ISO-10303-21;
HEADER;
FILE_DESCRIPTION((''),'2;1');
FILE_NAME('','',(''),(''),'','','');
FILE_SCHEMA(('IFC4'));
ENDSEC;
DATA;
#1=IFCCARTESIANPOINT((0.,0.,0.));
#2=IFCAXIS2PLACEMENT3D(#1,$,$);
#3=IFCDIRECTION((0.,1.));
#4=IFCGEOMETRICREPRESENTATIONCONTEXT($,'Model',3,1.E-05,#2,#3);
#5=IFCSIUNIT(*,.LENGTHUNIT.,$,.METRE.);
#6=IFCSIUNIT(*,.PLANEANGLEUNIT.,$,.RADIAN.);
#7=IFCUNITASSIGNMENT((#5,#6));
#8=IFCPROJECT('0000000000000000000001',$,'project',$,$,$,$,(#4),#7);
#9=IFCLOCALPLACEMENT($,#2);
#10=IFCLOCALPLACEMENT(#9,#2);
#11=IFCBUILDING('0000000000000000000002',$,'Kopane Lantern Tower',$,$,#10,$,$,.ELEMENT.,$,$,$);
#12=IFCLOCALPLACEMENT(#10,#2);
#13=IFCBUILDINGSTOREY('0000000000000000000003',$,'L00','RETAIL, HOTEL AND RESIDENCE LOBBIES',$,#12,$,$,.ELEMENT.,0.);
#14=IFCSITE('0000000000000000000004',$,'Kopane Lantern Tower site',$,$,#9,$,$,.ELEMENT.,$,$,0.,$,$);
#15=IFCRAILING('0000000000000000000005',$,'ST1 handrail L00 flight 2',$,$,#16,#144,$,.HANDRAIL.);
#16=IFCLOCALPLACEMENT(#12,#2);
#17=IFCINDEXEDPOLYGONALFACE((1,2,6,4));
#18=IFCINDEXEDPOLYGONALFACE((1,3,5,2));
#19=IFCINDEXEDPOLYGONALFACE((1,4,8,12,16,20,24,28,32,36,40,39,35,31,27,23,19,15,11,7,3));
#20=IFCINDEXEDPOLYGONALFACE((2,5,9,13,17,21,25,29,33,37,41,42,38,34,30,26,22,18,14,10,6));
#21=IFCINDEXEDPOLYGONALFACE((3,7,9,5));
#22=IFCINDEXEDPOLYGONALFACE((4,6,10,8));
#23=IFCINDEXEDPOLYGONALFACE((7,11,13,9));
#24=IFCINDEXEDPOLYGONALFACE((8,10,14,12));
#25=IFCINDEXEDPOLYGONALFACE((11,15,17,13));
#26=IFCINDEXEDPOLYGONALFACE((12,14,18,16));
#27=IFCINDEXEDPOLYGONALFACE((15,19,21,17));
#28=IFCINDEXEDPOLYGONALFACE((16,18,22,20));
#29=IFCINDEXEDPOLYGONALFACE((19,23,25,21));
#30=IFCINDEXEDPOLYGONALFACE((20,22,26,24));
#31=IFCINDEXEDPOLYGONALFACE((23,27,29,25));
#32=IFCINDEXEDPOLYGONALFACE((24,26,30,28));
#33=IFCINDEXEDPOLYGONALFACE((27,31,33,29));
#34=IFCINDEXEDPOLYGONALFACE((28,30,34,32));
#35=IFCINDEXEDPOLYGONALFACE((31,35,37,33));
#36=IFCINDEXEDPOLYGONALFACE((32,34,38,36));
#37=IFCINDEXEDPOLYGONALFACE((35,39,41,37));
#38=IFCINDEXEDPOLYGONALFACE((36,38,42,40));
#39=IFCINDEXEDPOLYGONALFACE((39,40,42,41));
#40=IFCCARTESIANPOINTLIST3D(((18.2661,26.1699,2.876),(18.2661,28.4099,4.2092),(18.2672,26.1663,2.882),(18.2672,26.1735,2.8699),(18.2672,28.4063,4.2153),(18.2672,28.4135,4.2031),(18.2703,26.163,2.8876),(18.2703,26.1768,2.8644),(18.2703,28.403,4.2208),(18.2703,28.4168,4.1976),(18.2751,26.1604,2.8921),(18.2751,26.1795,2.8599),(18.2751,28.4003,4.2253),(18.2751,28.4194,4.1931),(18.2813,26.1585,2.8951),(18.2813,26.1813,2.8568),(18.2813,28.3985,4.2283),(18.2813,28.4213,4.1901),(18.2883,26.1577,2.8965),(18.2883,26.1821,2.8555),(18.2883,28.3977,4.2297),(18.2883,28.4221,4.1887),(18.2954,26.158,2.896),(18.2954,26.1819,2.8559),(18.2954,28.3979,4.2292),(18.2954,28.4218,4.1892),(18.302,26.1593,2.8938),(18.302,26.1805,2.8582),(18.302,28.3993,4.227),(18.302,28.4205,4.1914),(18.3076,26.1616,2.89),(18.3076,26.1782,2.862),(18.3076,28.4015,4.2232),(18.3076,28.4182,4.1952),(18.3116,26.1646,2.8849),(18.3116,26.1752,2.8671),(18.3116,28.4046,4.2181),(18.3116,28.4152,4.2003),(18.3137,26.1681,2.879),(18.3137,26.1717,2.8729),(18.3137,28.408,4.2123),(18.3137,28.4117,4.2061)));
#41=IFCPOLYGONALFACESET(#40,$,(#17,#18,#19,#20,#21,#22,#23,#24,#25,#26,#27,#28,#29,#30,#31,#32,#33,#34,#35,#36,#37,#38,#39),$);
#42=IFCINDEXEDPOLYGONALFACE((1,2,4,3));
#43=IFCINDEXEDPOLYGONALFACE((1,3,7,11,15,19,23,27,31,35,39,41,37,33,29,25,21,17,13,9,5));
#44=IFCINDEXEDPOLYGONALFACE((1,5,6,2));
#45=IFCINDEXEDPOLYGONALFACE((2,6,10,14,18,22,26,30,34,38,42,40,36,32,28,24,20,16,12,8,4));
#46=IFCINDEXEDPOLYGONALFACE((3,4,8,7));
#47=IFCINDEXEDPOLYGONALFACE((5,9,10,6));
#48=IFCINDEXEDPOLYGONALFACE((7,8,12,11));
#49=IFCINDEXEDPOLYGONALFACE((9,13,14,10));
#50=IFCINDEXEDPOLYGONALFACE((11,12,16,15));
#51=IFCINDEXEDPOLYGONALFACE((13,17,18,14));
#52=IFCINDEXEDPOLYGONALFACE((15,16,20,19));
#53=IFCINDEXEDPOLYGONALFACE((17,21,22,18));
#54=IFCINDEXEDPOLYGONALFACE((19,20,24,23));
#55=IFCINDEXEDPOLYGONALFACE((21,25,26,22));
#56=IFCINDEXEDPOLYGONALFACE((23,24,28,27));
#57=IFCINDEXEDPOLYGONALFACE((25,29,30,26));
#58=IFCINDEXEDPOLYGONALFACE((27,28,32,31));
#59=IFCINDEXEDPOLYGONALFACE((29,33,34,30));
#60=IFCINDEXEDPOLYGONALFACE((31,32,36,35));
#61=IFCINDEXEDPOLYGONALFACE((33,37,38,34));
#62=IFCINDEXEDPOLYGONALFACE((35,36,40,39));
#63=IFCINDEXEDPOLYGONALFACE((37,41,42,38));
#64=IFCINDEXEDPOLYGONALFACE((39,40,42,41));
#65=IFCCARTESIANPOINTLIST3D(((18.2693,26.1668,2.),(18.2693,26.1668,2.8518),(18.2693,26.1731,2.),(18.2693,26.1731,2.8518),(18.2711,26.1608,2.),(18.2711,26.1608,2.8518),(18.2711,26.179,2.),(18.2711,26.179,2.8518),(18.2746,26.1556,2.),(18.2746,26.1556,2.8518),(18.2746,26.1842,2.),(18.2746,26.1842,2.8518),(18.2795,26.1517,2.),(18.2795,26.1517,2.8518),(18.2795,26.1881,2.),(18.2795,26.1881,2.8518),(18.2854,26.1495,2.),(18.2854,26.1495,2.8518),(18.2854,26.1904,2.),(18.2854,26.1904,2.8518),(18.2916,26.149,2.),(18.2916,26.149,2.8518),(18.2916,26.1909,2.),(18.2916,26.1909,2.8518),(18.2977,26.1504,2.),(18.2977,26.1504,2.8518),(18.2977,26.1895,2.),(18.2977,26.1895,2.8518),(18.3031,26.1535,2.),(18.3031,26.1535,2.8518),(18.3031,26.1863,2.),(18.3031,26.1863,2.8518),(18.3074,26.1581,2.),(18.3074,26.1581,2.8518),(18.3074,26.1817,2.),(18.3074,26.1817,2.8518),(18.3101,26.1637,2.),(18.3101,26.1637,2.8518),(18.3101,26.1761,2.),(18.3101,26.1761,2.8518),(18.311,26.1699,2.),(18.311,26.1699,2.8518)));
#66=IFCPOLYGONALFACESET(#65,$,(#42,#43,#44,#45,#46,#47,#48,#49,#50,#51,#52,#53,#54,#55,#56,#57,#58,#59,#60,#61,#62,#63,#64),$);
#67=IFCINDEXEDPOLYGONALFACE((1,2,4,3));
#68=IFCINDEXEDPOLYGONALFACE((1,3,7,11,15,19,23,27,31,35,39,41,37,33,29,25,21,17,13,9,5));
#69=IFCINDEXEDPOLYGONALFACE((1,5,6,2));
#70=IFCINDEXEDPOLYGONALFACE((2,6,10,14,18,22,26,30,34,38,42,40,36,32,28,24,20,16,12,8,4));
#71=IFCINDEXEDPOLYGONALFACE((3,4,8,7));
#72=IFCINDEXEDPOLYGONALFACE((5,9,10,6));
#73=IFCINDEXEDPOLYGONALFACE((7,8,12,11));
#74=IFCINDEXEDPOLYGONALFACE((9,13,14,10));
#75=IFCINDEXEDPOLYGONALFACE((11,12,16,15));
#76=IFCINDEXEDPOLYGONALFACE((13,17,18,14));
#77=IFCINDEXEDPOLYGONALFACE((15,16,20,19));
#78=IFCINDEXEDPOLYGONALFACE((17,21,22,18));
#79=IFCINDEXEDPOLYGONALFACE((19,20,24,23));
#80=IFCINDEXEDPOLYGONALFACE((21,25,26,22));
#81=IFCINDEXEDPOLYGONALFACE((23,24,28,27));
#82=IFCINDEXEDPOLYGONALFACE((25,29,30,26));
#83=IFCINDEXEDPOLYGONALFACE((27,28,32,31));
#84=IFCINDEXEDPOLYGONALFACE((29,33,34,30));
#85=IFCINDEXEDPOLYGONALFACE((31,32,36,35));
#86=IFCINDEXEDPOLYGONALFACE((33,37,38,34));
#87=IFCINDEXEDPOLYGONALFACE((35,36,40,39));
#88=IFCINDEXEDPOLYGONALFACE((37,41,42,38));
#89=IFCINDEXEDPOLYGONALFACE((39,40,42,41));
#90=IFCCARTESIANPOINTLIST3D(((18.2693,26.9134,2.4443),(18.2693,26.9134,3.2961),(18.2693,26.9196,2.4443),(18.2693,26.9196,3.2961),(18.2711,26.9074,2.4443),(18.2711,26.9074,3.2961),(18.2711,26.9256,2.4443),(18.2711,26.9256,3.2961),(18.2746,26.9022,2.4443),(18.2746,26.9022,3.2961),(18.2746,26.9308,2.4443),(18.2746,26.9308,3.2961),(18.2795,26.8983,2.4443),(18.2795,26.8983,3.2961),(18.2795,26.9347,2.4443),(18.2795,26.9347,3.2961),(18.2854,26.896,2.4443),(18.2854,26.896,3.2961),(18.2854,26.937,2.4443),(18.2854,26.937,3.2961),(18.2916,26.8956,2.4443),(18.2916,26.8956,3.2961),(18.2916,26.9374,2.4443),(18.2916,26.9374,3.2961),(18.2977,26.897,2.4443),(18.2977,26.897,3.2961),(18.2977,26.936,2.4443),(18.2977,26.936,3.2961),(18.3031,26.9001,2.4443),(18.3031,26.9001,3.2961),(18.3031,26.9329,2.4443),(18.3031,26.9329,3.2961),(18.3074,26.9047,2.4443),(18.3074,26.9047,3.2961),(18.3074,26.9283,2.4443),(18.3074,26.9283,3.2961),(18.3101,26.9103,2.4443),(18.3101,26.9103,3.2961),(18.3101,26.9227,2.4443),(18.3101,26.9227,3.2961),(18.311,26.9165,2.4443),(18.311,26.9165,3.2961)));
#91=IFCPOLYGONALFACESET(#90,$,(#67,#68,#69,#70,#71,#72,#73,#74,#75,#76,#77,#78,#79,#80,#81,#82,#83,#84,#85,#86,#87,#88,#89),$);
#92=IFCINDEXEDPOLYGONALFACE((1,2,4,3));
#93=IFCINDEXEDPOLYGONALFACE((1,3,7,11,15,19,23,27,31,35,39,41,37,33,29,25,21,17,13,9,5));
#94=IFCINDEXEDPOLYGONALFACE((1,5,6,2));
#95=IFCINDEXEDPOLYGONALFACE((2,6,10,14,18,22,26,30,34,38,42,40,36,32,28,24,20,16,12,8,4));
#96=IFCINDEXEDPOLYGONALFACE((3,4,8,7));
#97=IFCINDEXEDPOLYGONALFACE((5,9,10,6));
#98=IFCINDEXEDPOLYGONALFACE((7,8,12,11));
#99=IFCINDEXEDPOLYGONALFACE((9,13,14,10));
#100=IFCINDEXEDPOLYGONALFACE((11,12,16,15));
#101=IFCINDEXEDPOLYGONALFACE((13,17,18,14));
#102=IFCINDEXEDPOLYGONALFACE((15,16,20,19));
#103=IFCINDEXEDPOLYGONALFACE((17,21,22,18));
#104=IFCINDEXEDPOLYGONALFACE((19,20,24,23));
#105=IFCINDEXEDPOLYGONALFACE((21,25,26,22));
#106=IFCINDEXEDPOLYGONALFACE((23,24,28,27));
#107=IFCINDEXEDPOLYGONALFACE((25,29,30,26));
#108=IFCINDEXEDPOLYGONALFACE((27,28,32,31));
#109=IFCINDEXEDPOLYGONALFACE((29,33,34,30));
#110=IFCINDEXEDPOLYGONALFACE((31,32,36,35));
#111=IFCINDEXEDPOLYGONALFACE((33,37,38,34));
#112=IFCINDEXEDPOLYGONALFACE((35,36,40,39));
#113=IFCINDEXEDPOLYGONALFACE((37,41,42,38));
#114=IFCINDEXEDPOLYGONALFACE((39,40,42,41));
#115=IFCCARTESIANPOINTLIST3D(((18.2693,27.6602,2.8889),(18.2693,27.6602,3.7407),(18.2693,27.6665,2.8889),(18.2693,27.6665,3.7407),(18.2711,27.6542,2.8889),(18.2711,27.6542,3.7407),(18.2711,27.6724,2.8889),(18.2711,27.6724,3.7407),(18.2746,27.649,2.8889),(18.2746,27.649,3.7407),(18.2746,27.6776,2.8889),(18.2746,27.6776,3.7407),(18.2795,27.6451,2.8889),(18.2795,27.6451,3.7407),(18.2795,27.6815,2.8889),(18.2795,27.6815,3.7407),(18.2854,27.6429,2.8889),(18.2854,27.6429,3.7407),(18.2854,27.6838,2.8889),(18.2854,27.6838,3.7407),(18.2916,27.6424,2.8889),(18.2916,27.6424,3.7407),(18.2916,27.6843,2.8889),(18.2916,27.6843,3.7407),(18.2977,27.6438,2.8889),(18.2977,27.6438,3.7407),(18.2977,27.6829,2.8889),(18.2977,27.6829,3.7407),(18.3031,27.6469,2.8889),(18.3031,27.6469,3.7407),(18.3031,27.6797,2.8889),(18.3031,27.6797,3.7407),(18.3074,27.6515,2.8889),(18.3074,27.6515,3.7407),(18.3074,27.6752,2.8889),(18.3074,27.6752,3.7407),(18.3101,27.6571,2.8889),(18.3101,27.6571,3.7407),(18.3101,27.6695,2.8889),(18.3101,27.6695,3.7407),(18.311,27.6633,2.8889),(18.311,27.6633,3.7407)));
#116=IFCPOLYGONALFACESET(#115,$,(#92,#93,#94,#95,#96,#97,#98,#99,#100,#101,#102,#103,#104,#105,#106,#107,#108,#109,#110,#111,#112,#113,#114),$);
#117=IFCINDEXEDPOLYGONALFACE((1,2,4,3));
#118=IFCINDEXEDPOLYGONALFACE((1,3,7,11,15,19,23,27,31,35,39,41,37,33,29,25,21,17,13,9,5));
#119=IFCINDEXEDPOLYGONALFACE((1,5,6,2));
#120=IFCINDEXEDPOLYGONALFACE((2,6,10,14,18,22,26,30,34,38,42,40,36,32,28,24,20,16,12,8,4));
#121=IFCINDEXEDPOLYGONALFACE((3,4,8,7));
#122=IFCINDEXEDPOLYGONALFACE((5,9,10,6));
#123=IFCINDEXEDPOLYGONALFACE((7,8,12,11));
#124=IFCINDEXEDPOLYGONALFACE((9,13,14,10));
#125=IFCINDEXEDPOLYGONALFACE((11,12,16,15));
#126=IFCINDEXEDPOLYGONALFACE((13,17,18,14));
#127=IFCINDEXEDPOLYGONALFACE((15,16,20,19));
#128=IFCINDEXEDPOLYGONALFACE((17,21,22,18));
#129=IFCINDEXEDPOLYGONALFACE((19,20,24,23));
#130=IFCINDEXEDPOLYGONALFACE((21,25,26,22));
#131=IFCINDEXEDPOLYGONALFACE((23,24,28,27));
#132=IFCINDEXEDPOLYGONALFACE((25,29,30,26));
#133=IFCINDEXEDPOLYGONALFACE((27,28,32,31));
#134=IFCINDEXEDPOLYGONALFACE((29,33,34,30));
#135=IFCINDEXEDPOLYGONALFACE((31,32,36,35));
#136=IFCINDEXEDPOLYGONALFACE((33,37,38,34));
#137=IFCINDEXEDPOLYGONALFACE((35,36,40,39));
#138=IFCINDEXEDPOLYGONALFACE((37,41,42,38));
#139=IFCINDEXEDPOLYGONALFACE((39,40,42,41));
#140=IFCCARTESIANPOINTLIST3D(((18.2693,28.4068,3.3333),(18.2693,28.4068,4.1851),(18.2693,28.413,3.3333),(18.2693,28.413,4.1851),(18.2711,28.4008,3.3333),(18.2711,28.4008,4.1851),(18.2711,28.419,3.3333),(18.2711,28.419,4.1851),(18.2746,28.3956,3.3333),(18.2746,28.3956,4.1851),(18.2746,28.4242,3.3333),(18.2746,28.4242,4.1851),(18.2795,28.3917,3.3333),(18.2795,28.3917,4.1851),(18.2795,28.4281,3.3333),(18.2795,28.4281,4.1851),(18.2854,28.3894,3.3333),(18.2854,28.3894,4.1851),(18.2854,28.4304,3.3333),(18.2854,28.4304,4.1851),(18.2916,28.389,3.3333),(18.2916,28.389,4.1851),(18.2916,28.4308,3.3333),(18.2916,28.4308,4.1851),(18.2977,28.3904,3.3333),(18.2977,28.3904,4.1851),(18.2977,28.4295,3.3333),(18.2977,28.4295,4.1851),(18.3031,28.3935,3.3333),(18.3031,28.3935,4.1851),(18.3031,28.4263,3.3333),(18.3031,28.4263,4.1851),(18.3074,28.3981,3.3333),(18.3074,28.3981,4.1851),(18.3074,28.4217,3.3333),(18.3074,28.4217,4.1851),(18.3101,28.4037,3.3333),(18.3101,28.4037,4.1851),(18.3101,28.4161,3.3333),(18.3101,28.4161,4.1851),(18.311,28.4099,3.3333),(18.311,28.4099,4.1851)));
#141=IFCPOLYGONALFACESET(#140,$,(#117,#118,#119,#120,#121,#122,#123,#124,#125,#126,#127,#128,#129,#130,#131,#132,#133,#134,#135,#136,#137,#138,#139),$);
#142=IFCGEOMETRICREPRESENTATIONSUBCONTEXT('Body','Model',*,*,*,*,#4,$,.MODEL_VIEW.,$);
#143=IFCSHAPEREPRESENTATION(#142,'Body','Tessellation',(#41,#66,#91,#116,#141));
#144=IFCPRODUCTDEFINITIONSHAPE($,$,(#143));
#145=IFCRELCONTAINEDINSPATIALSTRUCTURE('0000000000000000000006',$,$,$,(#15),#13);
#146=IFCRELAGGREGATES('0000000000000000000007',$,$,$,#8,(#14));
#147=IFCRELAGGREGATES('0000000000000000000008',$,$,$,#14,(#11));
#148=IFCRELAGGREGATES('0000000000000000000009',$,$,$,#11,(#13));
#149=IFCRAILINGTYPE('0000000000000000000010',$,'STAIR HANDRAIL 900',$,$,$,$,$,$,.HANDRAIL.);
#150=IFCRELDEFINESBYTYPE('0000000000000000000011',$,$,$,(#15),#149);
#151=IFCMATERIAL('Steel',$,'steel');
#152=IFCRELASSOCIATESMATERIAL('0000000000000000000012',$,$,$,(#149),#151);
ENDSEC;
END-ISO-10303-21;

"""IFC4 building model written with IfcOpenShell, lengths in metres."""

from ifc_helpers import new_model, si_unit, direction, frame, origin, origin_2d, place, context, subcontext, project, spatial, circle, extrude, material, type_object, element, save


model = new_model("IFC4")

# Units and contexts
model_context = context("Model", 3, precision=1e-05, world=origin(), true_north=direction((0.0, 1.0)))
body_context = subcontext(model_context, "Body", "Model", "MODEL_VIEW")
ifc_project = project(units=[si_unit("LENGTHUNIT", "METRE"), si_unit("PLANEANGLEUNIT", "RADIAN")], contexts=[model_context])

# Site, building, storey
site_placement = place(None, origin())
site = spatial("IfcSite", under=ifc_project, at=site_placement, Name="Kopane Lantern Tower site", CompositionType="ELEMENT", RefElevation=0.0)
building_placement = place(site_placement, origin())
building = spatial("IfcBuilding", under=site, at=building_placement, Name="Kopane Lantern Tower", CompositionType="ELEMENT")
storey_placement = place(building_placement, origin())
storey = spatial("IfcBuildingStorey", under=building, at=storey_placement, Name="L00", Description="RETAIL, HOTEL AND RESIDENCE LOBBIES", CompositionType="ELEMENT", Elevation=0.0)

# Railing
ifc_material_1 = material(Name="Steel", Category="steel")
railing_type_1 = type_object("IfcRailingType", Name="STAIR HANDRAIL 900", PredefinedType="HANDRAIL", material=ifc_material_1)
for number, where, name in (
    (1, (18.29, 26.1699, 2.0), "ST1 handrail L00 flight 2"),
):
    element("IfcRailing", number, at=place(storey_placement, frame(where)), inside=storey, type_object=railing_type_1, Name=name, PredefinedType="HANDRAIL", context=body_context, shape_type="SweptSolid", body=[
        extrude(circle(Radius=0.0239, at=origin_2d()), frame((0.0, 0.0, 0.876), z_axis=(0.0, 0.859306, 0.511462), x_axis=(-1.0, 0.0, 0.0)), (0.0, 0.0, 1.0), 2.6067),
        extrude(circle(Radius=0.021, at=origin_2d()), origin(), (0.0, 0.0, 1.0), 0.8518),
        extrude(circle(Radius=0.021, at=origin_2d()), frame((0.0, 0.7466, 0.4443)), (0.0, 0.0, 1.0), 0.8518),
        extrude(circle(Radius=0.021, at=origin_2d()), frame((0.0, 1.4934, 0.8889)), (0.0, 0.0, 1.0), 0.8518),
        extrude(circle(Radius=0.021, at=origin_2d()), frame((0.0, 2.24, 1.3333)), (0.0, 0.0, 1.0), 0.8518),
    ])

save(model, "model.ifc")
